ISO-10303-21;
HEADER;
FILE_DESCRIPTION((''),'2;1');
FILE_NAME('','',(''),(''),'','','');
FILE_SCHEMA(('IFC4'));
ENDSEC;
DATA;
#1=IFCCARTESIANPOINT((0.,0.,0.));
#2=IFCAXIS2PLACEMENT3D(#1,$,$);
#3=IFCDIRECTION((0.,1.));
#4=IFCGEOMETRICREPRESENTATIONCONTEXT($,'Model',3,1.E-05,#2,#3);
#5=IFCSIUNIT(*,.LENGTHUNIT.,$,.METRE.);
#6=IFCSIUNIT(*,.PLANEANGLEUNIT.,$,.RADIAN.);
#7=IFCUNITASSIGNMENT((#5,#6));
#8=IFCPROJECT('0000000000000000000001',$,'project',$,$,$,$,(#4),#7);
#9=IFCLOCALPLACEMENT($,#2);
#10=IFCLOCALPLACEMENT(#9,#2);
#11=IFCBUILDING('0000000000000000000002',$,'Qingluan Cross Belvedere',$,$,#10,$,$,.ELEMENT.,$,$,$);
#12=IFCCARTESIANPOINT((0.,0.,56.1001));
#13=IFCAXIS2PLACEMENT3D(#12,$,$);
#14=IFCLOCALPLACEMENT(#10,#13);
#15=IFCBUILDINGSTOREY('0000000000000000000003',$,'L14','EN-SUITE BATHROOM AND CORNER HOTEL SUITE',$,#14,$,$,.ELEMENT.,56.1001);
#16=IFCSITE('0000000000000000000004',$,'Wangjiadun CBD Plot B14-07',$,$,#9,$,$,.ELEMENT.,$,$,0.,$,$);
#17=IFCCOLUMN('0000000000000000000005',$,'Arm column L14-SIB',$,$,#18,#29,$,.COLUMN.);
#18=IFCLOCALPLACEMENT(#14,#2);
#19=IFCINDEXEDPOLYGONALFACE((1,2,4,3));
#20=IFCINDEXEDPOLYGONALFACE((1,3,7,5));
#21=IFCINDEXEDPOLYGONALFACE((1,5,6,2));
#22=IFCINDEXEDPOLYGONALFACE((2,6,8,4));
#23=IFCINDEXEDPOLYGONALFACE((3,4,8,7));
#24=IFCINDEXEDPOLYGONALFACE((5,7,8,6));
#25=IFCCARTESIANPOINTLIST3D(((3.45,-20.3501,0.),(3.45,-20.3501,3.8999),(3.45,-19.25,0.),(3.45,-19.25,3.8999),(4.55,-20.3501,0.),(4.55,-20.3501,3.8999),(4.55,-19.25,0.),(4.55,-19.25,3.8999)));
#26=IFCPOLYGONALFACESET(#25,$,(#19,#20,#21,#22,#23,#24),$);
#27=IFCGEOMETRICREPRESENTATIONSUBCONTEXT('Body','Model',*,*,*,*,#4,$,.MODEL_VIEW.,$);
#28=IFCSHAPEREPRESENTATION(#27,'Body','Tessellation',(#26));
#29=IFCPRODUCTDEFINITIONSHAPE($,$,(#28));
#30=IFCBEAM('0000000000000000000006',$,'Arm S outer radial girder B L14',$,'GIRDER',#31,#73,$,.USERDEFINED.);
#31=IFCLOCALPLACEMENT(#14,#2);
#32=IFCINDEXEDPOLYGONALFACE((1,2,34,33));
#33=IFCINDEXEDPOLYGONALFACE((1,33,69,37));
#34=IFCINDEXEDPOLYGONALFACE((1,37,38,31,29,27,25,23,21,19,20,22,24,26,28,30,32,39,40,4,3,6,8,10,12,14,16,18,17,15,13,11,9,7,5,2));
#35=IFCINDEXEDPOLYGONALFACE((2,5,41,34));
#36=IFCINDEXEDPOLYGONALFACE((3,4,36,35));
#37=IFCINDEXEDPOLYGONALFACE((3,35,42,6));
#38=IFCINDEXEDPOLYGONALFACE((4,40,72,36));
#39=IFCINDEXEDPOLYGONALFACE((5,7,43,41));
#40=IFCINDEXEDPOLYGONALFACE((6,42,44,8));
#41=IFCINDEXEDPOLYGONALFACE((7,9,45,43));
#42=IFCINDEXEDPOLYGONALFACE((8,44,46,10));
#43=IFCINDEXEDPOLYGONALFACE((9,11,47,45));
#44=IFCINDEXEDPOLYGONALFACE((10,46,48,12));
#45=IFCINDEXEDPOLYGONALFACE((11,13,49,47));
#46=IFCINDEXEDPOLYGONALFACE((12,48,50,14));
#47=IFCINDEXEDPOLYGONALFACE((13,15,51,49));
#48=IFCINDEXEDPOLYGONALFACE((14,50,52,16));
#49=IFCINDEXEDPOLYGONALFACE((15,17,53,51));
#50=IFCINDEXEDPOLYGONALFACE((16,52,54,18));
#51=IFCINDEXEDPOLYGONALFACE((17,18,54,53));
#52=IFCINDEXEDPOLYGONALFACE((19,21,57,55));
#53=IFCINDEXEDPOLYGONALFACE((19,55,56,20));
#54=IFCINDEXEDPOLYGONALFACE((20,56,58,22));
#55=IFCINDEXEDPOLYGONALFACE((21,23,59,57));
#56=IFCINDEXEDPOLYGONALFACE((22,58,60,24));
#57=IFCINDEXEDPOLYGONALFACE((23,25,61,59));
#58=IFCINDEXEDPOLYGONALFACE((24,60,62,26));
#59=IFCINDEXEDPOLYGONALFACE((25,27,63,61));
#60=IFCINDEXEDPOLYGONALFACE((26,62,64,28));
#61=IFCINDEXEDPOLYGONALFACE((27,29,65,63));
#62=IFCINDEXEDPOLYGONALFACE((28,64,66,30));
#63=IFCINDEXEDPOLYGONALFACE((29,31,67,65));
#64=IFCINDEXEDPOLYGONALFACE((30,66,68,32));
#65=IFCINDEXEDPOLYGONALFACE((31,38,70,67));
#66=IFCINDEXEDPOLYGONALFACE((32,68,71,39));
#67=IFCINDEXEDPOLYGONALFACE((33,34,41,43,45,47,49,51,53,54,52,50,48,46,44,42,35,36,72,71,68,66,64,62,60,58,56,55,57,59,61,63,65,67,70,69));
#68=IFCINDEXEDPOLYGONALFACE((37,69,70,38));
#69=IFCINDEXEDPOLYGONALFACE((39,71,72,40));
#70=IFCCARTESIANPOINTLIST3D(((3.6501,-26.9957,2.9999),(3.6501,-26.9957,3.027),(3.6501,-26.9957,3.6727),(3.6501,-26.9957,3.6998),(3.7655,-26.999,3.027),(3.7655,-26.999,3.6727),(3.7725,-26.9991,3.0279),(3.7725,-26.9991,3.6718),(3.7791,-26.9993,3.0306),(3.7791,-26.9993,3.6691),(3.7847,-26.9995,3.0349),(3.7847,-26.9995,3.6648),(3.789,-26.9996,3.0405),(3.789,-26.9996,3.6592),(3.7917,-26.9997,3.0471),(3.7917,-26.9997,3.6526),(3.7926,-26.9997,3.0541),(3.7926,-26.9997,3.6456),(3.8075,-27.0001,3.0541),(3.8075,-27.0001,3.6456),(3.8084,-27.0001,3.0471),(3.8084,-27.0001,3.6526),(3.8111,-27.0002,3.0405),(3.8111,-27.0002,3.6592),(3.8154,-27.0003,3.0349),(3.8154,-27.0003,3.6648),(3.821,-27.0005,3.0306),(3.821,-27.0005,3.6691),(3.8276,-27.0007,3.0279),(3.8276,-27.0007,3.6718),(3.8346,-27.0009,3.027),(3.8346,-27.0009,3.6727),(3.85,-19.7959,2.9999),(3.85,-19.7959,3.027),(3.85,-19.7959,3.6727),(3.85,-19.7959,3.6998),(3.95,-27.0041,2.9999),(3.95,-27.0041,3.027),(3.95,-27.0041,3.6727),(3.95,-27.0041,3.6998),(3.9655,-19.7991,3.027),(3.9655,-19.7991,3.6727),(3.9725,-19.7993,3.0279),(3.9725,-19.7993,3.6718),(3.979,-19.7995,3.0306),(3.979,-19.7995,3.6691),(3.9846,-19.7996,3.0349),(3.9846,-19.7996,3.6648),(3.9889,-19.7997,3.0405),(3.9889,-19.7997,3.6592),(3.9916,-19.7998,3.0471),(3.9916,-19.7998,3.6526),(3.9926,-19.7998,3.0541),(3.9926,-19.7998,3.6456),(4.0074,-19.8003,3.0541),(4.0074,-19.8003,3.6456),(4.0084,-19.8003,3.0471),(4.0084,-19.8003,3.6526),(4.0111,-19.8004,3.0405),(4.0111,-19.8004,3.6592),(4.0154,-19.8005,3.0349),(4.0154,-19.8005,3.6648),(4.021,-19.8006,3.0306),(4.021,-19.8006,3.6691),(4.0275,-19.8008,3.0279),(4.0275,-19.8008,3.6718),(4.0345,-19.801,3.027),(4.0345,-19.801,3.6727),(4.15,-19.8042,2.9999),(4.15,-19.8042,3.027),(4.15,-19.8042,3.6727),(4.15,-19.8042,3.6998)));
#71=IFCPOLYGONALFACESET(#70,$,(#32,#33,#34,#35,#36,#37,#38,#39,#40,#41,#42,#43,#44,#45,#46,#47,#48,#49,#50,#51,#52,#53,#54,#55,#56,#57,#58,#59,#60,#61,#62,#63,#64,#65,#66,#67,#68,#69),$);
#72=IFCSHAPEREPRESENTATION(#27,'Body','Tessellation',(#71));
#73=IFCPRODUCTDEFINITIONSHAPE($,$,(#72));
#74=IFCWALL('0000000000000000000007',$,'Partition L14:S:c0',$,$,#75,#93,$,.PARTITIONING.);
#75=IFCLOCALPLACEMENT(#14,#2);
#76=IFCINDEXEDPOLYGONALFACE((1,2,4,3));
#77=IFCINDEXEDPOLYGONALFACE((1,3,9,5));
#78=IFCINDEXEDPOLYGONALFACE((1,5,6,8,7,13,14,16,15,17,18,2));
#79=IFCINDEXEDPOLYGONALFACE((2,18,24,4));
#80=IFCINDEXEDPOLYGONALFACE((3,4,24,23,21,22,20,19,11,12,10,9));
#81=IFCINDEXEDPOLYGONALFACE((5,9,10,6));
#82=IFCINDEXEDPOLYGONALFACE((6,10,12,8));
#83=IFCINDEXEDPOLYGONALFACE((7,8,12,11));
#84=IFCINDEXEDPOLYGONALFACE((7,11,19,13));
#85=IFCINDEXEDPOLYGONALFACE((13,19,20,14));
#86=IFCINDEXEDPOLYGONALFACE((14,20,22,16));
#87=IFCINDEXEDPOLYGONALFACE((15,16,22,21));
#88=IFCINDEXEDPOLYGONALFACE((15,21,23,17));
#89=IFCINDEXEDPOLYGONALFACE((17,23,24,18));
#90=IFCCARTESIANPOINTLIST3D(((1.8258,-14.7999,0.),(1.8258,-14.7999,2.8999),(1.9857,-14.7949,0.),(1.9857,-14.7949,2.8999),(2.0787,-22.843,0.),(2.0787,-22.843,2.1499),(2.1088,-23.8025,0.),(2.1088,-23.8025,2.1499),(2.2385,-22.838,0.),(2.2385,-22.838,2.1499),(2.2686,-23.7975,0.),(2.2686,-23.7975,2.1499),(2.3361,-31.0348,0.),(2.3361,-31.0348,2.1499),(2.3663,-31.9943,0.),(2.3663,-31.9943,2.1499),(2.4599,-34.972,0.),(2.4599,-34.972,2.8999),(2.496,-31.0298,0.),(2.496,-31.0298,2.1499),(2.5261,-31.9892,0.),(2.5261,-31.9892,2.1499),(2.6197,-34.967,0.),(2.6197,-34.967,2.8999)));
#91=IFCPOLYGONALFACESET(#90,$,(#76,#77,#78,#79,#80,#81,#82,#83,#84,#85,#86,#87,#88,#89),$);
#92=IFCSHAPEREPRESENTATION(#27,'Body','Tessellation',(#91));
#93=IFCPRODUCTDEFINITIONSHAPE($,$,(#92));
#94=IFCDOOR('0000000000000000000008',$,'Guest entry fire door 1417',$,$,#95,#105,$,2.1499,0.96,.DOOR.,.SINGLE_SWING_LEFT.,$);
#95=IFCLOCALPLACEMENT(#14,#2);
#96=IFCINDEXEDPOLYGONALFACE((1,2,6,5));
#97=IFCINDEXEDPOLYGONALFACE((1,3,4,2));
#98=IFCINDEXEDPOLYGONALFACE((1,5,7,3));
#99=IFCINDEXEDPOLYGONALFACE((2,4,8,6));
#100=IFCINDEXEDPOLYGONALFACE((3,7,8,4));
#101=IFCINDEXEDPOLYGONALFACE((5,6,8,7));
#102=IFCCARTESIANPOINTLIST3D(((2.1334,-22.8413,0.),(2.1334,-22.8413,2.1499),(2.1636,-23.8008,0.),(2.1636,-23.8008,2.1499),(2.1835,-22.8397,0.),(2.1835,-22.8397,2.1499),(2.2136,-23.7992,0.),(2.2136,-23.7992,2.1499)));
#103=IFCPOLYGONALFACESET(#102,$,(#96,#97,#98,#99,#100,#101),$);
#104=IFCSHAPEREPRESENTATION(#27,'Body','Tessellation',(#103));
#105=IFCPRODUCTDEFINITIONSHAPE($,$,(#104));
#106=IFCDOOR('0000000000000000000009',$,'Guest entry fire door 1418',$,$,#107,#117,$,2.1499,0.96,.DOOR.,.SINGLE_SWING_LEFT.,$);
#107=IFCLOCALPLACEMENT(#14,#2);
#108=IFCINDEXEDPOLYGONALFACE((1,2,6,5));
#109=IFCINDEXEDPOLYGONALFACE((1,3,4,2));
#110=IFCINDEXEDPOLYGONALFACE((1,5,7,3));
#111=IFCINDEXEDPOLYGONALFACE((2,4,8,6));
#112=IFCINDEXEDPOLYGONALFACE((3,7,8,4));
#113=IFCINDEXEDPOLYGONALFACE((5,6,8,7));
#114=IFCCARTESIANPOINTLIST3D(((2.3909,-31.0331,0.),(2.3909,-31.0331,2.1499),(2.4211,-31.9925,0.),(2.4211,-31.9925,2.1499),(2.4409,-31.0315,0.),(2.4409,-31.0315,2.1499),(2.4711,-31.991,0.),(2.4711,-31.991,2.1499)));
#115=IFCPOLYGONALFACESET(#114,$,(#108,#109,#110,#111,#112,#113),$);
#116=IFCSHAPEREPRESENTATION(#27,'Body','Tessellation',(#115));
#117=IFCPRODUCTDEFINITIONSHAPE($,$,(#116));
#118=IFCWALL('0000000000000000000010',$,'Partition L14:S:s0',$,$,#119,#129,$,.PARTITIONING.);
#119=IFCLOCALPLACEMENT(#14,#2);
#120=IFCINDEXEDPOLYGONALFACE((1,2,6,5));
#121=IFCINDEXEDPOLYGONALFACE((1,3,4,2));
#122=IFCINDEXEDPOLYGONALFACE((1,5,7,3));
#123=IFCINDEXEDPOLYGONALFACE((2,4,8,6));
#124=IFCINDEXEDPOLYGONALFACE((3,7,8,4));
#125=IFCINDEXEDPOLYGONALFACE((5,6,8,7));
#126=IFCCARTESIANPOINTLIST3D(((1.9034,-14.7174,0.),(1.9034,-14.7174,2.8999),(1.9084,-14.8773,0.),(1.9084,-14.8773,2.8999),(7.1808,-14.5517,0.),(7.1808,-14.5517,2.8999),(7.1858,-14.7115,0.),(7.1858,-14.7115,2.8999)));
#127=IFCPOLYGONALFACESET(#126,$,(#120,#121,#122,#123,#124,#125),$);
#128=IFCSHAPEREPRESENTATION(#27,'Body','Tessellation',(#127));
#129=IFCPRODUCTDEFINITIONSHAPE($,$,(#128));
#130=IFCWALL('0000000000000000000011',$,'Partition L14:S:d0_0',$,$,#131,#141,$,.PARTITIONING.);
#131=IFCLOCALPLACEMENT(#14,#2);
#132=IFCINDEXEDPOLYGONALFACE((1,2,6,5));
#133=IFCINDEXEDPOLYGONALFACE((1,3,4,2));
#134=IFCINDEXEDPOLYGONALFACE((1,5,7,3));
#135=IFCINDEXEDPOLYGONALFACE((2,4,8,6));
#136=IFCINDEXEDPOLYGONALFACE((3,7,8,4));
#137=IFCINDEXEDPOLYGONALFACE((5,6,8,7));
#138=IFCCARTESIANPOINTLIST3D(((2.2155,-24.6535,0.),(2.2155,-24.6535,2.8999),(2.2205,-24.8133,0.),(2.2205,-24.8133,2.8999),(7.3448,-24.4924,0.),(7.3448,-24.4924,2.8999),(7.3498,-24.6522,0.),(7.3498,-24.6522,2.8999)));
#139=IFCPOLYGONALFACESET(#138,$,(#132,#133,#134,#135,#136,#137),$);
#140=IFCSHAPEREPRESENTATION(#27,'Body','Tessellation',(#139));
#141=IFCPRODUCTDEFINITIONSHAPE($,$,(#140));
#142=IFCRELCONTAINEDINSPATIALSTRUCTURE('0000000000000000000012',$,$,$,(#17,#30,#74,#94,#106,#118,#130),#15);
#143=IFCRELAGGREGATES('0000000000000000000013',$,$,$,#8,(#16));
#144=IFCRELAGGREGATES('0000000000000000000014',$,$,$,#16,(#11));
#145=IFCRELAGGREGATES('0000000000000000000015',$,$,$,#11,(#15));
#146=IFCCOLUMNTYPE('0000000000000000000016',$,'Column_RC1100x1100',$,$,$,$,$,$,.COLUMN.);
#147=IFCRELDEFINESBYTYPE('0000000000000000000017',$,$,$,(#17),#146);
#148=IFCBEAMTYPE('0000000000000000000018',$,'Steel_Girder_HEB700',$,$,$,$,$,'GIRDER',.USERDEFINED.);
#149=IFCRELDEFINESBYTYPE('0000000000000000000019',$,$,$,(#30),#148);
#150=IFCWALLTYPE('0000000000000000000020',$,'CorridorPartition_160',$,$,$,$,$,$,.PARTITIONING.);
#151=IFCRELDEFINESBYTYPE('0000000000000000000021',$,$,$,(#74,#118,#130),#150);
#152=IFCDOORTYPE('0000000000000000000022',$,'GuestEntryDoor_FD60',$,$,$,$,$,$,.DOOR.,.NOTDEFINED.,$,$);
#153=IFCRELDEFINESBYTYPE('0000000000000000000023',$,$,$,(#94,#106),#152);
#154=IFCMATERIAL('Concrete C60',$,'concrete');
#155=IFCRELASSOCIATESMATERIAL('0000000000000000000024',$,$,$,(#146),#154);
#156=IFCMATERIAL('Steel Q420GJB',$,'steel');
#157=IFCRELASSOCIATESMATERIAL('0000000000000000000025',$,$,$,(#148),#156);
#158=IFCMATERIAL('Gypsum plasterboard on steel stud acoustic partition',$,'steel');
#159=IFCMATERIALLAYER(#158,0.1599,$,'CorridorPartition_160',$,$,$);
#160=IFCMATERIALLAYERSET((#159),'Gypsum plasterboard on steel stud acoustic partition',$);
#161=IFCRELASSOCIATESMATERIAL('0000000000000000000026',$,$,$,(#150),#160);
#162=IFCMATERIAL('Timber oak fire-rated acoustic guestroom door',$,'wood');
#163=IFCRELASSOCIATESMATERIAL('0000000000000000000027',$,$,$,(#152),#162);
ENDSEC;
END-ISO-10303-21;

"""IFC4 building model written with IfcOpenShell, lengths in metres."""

from ifc_helpers import new_model, si_unit, direction, frame, frame_2d, origin, origin_2d, place, context, subcontext, project, spatial, rectangle, i_section, extrude, material, layer, layer_set, material_profile, profile_set, type_object, element, fill, save


model = new_model("IFC4")

# Units and contexts
model_context = context("Model", 3, precision=1e-05, world=origin(), true_north=direction((0.0, 1.0)))
body_context = subcontext(model_context, "Body", "Model", "MODEL_VIEW")
ifc_project = project(units=[si_unit("LENGTHUNIT", "METRE"), si_unit("PLANEANGLEUNIT", "RADIAN")], contexts=[model_context])

# Site, building, storey
site_placement = place(None, origin())
site = spatial("IfcSite", under=ifc_project, at=site_placement, Name="Wangjiadun CBD Plot B14-07", CompositionType="ELEMENT", RefElevation=0.0)
building_placement = place(site_placement, origin())
building = spatial("IfcBuilding", under=site, at=building_placement, Name="Qingluan Cross Belvedere", CompositionType="ELEMENT")
storey_placement = place(building_placement, frame((0.0, 0.0, 56.1001)))
storey = spatial("IfcBuildingStorey", under=building, at=storey_placement, Name="L14", Description="EN-SUITE BATHROOM AND CORNER HOTEL SUITE", CompositionType="ELEMENT", Elevation=56.1001)

# Column
ifc_material_1 = material(Name="Concrete C60", Category="concrete")
ifc_material_profile_1 = material_profile(ifc_material_1, rectangle(XDim=1.1001, YDim=1.1001, at=origin_2d()), Name="RC1100x1100")
ifc_profile_set_1 = profile_set([ifc_material_profile_1], Name="Concrete C60")
column_type = type_object("IfcColumnType", Name="Column_RC1100x1100", PredefinedType="COLUMN", material=ifc_profile_set_1)
column_placement = place(storey_placement, frame((4.0, -19.8, 0.0), z_axis=(0.0, 0.0, 1.0), x_axis=(1.0, 0.0, 0.0)))
element("IfcColumn", 1, at=column_placement, inside=storey, type_object=column_type, Name="Arm column L14-SIB", PredefinedType="COLUMN", context=body_context, shape_type="SweptSolid", body=[
    extrude(rectangle(XDim=1.1001, YDim=1.1001, at=origin_2d()), origin(), (0.0, 0.0, 1.0), 3.8999),
])

# Beam
ifc_material_2 = material(Name="Steel Q420GJB", Category="steel")
ifc_material_profile_2 = material_profile(ifc_material_2, i_section(OverallWidth=0.3, OverallDepth=0.7, WebThickness=0.0149, FlangeThickness=0.0271, FilletRadius=0.0271, at=origin_2d()), Name="HEB700")
ifc_profile_set_2 = profile_set([ifc_material_profile_2], Name="Steel Q420GJB")
beam_type = type_object("IfcBeamType", Name="Steel_Girder_HEB700", ElementType="GIRDER", PredefinedType="USERDEFINED", material=ifc_profile_set_2)
beam_placement = place(storey_placement, frame((4.0, -19.8, 3.3499), z_axis=(-0.02776, -0.999615, 0.0), x_axis=(0.999615, -0.02776, 0.0)))
element("IfcBeam", 2, at=beam_placement, inside=storey, type_object=beam_type, Name="Arm S outer radial girder B L14", ObjectType="GIRDER", PredefinedType="USERDEFINED", context=body_context, shape_type="SweptSolid", body=[
    extrude(i_section(OverallWidth=0.3, OverallDepth=0.7, WebThickness=0.0149, FlangeThickness=0.0271, FilletRadius=0.0271, at=origin_2d()), origin(), (0.0, 0.0, 1.0), 7.2026),
])

# Wall, openings, doors
ifc_material_3 = material(Name="Gypsum plasterboard on steel stud acoustic partition", Category="steel")
ifc_layer_1 = layer(ifc_material_3, 0.1599, Name="CorridorPartition_160")
ifc_layer_set_1 = layer_set([ifc_layer_1], Name="Gypsum plasterboard on steel stud acoustic partition")
wall_type_1 = type_object("IfcWallType", Name="CorridorPartition_160", PredefinedType="PARTITIONING", material=ifc_layer_set_1)
wall_1_placement = place(storey_placement, frame((1.9058, -14.7974, 0.0), z_axis=(0.0, 0.0, 1.0), x_axis=(0.031416, -0.999506, 0.0)))
wall_1 = element("IfcWall", 3, at=wall_1_placement, inside=storey, type_object=wall_type_1, Name="Partition L14:S:c0", PredefinedType="PARTITIONING", context=body_context, shape_type="SweptSolid", body=[
    extrude(rectangle(XDim=20.1821, YDim=0.1599, at=frame_2d((10.0911, 0.0))), origin(), (0.0, 0.0, 1.0), 2.8999),
])
opening_1_placement = place(wall_1_placement, frame((8.0471, 0.0, 0.0)))
opening_1 = element("IfcOpeningElement", 4, at=opening_1_placement, cuts=wall_1, PredefinedType="OPENING", context=body_context, shape_type="SweptSolid", body=[
    extrude(rectangle(XDim=0.96, YDim=2.1499, at=frame_2d((0.48, 1.075))), frame((0.0, 0.0898, 0.0), z_axis=(0.0, -1.0, 0.0), x_axis=(1.0, 0.0, 0.0)), (0.0, 0.0, 1.0), 0.1799),
])
opening_2_placement = place(wall_1_placement, frame((16.2429, 0.0, 0.0)))
opening_2 = element("IfcOpeningElement", 5, at=opening_2_placement, cuts=wall_1, PredefinedType="OPENING", context=body_context, shape_type="SweptSolid", body=[
    extrude(rectangle(XDim=0.96, YDim=2.1499, at=frame_2d((0.48, 1.075))), frame((0.0, 0.0898, 0.0), z_axis=(0.0, -1.0, 0.0), x_axis=(1.0, 0.0, 0.0)), (0.0, 0.0, 1.0), 0.1799),
])
ifc_material_4 = material(Name="Timber oak fire-rated acoustic guestroom door", Category="wood")
door_type_1 = type_object("IfcDoorType", Name="GuestEntryDoor_FD60", OperationType="NOTDEFINED", PredefinedType="DOOR", material=ifc_material_4)
door_1_placement = place(opening_1_placement, origin())
door_1 = element("IfcDoor", 6, at=door_1_placement, inside=storey, type_object=door_type_1, Name="Guest entry fire door 1417", OperationType="SINGLE_SWING_LEFT", OverallHeight=2.1499, OverallWidth=0.96, PredefinedType="DOOR", context=body_context, shape_type="SweptSolid", body=[
    extrude(rectangle(XDim=0.96, YDim=2.1499, at=frame_2d((0.48, 1.075))), frame((0.0, 0.0249, 0.0), z_axis=(0.0, -1.0, 0.0), x_axis=(1.0, 0.0, 0.0)), (0.0, 0.0, 1.0), 0.05),
])
fill(opening_1, door_1)
door_2_placement = place(opening_2_placement, origin())
door_2 = element("IfcDoor", 7, at=door_2_placement, inside=storey, type_object=door_type_1, Name="Guest entry fire door 1418", OperationType="SINGLE_SWING_LEFT", OverallHeight=2.1499, OverallWidth=0.96, PredefinedType="DOOR", context=body_context, shape_type="SweptSolid", body=[
    extrude(rectangle(XDim=0.96, YDim=2.1499, at=frame_2d((0.48, 1.075))), frame((0.0, 0.0249, 0.0), z_axis=(0.0, -1.0, 0.0), x_axis=(1.0, 0.0, 0.0)), (0.0, 0.0, 1.0), 0.05),
])
fill(opening_2, door_2)

# Walls
wall_2_placement = place(storey_placement, frame((1.9058, -14.7974, 0.0), z_axis=(0.0, 0.0, 1.0), x_axis=(0.999507, 0.031396, 0.0)))
element("IfcWall", 8, at=wall_2_placement, inside=storey, type_object=wall_type_1, Name="Partition L14:S:s0", PredefinedType="PARTITIONING", context=body_context, shape_type="SweptSolid", body=[
    extrude(rectangle(XDim=5.28, YDim=0.1599, at=frame_2d((2.6401, 0.0))), origin(), (0.0, 0.0, 1.0), 2.8999),
])
wall_3_placement = place(storey_placement, frame((2.218, -24.7334, 0.0), z_axis=(0.0, 0.0, 1.0), x_axis=(0.999507, 0.031398, 0.0)))
element("IfcWall", 9, at=wall_3_placement, inside=storey, type_object=wall_type_1, Name="Partition L14:S:d0_0", PredefinedType="PARTITIONING", context=body_context, shape_type="SweptSolid", body=[
    extrude(rectangle(XDim=5.1318, YDim=0.1599, at=frame_2d((2.5659, 0.0))), origin(), (0.0, 0.0, 1.0), 2.8999),
])

save(model, "model.ifc")
